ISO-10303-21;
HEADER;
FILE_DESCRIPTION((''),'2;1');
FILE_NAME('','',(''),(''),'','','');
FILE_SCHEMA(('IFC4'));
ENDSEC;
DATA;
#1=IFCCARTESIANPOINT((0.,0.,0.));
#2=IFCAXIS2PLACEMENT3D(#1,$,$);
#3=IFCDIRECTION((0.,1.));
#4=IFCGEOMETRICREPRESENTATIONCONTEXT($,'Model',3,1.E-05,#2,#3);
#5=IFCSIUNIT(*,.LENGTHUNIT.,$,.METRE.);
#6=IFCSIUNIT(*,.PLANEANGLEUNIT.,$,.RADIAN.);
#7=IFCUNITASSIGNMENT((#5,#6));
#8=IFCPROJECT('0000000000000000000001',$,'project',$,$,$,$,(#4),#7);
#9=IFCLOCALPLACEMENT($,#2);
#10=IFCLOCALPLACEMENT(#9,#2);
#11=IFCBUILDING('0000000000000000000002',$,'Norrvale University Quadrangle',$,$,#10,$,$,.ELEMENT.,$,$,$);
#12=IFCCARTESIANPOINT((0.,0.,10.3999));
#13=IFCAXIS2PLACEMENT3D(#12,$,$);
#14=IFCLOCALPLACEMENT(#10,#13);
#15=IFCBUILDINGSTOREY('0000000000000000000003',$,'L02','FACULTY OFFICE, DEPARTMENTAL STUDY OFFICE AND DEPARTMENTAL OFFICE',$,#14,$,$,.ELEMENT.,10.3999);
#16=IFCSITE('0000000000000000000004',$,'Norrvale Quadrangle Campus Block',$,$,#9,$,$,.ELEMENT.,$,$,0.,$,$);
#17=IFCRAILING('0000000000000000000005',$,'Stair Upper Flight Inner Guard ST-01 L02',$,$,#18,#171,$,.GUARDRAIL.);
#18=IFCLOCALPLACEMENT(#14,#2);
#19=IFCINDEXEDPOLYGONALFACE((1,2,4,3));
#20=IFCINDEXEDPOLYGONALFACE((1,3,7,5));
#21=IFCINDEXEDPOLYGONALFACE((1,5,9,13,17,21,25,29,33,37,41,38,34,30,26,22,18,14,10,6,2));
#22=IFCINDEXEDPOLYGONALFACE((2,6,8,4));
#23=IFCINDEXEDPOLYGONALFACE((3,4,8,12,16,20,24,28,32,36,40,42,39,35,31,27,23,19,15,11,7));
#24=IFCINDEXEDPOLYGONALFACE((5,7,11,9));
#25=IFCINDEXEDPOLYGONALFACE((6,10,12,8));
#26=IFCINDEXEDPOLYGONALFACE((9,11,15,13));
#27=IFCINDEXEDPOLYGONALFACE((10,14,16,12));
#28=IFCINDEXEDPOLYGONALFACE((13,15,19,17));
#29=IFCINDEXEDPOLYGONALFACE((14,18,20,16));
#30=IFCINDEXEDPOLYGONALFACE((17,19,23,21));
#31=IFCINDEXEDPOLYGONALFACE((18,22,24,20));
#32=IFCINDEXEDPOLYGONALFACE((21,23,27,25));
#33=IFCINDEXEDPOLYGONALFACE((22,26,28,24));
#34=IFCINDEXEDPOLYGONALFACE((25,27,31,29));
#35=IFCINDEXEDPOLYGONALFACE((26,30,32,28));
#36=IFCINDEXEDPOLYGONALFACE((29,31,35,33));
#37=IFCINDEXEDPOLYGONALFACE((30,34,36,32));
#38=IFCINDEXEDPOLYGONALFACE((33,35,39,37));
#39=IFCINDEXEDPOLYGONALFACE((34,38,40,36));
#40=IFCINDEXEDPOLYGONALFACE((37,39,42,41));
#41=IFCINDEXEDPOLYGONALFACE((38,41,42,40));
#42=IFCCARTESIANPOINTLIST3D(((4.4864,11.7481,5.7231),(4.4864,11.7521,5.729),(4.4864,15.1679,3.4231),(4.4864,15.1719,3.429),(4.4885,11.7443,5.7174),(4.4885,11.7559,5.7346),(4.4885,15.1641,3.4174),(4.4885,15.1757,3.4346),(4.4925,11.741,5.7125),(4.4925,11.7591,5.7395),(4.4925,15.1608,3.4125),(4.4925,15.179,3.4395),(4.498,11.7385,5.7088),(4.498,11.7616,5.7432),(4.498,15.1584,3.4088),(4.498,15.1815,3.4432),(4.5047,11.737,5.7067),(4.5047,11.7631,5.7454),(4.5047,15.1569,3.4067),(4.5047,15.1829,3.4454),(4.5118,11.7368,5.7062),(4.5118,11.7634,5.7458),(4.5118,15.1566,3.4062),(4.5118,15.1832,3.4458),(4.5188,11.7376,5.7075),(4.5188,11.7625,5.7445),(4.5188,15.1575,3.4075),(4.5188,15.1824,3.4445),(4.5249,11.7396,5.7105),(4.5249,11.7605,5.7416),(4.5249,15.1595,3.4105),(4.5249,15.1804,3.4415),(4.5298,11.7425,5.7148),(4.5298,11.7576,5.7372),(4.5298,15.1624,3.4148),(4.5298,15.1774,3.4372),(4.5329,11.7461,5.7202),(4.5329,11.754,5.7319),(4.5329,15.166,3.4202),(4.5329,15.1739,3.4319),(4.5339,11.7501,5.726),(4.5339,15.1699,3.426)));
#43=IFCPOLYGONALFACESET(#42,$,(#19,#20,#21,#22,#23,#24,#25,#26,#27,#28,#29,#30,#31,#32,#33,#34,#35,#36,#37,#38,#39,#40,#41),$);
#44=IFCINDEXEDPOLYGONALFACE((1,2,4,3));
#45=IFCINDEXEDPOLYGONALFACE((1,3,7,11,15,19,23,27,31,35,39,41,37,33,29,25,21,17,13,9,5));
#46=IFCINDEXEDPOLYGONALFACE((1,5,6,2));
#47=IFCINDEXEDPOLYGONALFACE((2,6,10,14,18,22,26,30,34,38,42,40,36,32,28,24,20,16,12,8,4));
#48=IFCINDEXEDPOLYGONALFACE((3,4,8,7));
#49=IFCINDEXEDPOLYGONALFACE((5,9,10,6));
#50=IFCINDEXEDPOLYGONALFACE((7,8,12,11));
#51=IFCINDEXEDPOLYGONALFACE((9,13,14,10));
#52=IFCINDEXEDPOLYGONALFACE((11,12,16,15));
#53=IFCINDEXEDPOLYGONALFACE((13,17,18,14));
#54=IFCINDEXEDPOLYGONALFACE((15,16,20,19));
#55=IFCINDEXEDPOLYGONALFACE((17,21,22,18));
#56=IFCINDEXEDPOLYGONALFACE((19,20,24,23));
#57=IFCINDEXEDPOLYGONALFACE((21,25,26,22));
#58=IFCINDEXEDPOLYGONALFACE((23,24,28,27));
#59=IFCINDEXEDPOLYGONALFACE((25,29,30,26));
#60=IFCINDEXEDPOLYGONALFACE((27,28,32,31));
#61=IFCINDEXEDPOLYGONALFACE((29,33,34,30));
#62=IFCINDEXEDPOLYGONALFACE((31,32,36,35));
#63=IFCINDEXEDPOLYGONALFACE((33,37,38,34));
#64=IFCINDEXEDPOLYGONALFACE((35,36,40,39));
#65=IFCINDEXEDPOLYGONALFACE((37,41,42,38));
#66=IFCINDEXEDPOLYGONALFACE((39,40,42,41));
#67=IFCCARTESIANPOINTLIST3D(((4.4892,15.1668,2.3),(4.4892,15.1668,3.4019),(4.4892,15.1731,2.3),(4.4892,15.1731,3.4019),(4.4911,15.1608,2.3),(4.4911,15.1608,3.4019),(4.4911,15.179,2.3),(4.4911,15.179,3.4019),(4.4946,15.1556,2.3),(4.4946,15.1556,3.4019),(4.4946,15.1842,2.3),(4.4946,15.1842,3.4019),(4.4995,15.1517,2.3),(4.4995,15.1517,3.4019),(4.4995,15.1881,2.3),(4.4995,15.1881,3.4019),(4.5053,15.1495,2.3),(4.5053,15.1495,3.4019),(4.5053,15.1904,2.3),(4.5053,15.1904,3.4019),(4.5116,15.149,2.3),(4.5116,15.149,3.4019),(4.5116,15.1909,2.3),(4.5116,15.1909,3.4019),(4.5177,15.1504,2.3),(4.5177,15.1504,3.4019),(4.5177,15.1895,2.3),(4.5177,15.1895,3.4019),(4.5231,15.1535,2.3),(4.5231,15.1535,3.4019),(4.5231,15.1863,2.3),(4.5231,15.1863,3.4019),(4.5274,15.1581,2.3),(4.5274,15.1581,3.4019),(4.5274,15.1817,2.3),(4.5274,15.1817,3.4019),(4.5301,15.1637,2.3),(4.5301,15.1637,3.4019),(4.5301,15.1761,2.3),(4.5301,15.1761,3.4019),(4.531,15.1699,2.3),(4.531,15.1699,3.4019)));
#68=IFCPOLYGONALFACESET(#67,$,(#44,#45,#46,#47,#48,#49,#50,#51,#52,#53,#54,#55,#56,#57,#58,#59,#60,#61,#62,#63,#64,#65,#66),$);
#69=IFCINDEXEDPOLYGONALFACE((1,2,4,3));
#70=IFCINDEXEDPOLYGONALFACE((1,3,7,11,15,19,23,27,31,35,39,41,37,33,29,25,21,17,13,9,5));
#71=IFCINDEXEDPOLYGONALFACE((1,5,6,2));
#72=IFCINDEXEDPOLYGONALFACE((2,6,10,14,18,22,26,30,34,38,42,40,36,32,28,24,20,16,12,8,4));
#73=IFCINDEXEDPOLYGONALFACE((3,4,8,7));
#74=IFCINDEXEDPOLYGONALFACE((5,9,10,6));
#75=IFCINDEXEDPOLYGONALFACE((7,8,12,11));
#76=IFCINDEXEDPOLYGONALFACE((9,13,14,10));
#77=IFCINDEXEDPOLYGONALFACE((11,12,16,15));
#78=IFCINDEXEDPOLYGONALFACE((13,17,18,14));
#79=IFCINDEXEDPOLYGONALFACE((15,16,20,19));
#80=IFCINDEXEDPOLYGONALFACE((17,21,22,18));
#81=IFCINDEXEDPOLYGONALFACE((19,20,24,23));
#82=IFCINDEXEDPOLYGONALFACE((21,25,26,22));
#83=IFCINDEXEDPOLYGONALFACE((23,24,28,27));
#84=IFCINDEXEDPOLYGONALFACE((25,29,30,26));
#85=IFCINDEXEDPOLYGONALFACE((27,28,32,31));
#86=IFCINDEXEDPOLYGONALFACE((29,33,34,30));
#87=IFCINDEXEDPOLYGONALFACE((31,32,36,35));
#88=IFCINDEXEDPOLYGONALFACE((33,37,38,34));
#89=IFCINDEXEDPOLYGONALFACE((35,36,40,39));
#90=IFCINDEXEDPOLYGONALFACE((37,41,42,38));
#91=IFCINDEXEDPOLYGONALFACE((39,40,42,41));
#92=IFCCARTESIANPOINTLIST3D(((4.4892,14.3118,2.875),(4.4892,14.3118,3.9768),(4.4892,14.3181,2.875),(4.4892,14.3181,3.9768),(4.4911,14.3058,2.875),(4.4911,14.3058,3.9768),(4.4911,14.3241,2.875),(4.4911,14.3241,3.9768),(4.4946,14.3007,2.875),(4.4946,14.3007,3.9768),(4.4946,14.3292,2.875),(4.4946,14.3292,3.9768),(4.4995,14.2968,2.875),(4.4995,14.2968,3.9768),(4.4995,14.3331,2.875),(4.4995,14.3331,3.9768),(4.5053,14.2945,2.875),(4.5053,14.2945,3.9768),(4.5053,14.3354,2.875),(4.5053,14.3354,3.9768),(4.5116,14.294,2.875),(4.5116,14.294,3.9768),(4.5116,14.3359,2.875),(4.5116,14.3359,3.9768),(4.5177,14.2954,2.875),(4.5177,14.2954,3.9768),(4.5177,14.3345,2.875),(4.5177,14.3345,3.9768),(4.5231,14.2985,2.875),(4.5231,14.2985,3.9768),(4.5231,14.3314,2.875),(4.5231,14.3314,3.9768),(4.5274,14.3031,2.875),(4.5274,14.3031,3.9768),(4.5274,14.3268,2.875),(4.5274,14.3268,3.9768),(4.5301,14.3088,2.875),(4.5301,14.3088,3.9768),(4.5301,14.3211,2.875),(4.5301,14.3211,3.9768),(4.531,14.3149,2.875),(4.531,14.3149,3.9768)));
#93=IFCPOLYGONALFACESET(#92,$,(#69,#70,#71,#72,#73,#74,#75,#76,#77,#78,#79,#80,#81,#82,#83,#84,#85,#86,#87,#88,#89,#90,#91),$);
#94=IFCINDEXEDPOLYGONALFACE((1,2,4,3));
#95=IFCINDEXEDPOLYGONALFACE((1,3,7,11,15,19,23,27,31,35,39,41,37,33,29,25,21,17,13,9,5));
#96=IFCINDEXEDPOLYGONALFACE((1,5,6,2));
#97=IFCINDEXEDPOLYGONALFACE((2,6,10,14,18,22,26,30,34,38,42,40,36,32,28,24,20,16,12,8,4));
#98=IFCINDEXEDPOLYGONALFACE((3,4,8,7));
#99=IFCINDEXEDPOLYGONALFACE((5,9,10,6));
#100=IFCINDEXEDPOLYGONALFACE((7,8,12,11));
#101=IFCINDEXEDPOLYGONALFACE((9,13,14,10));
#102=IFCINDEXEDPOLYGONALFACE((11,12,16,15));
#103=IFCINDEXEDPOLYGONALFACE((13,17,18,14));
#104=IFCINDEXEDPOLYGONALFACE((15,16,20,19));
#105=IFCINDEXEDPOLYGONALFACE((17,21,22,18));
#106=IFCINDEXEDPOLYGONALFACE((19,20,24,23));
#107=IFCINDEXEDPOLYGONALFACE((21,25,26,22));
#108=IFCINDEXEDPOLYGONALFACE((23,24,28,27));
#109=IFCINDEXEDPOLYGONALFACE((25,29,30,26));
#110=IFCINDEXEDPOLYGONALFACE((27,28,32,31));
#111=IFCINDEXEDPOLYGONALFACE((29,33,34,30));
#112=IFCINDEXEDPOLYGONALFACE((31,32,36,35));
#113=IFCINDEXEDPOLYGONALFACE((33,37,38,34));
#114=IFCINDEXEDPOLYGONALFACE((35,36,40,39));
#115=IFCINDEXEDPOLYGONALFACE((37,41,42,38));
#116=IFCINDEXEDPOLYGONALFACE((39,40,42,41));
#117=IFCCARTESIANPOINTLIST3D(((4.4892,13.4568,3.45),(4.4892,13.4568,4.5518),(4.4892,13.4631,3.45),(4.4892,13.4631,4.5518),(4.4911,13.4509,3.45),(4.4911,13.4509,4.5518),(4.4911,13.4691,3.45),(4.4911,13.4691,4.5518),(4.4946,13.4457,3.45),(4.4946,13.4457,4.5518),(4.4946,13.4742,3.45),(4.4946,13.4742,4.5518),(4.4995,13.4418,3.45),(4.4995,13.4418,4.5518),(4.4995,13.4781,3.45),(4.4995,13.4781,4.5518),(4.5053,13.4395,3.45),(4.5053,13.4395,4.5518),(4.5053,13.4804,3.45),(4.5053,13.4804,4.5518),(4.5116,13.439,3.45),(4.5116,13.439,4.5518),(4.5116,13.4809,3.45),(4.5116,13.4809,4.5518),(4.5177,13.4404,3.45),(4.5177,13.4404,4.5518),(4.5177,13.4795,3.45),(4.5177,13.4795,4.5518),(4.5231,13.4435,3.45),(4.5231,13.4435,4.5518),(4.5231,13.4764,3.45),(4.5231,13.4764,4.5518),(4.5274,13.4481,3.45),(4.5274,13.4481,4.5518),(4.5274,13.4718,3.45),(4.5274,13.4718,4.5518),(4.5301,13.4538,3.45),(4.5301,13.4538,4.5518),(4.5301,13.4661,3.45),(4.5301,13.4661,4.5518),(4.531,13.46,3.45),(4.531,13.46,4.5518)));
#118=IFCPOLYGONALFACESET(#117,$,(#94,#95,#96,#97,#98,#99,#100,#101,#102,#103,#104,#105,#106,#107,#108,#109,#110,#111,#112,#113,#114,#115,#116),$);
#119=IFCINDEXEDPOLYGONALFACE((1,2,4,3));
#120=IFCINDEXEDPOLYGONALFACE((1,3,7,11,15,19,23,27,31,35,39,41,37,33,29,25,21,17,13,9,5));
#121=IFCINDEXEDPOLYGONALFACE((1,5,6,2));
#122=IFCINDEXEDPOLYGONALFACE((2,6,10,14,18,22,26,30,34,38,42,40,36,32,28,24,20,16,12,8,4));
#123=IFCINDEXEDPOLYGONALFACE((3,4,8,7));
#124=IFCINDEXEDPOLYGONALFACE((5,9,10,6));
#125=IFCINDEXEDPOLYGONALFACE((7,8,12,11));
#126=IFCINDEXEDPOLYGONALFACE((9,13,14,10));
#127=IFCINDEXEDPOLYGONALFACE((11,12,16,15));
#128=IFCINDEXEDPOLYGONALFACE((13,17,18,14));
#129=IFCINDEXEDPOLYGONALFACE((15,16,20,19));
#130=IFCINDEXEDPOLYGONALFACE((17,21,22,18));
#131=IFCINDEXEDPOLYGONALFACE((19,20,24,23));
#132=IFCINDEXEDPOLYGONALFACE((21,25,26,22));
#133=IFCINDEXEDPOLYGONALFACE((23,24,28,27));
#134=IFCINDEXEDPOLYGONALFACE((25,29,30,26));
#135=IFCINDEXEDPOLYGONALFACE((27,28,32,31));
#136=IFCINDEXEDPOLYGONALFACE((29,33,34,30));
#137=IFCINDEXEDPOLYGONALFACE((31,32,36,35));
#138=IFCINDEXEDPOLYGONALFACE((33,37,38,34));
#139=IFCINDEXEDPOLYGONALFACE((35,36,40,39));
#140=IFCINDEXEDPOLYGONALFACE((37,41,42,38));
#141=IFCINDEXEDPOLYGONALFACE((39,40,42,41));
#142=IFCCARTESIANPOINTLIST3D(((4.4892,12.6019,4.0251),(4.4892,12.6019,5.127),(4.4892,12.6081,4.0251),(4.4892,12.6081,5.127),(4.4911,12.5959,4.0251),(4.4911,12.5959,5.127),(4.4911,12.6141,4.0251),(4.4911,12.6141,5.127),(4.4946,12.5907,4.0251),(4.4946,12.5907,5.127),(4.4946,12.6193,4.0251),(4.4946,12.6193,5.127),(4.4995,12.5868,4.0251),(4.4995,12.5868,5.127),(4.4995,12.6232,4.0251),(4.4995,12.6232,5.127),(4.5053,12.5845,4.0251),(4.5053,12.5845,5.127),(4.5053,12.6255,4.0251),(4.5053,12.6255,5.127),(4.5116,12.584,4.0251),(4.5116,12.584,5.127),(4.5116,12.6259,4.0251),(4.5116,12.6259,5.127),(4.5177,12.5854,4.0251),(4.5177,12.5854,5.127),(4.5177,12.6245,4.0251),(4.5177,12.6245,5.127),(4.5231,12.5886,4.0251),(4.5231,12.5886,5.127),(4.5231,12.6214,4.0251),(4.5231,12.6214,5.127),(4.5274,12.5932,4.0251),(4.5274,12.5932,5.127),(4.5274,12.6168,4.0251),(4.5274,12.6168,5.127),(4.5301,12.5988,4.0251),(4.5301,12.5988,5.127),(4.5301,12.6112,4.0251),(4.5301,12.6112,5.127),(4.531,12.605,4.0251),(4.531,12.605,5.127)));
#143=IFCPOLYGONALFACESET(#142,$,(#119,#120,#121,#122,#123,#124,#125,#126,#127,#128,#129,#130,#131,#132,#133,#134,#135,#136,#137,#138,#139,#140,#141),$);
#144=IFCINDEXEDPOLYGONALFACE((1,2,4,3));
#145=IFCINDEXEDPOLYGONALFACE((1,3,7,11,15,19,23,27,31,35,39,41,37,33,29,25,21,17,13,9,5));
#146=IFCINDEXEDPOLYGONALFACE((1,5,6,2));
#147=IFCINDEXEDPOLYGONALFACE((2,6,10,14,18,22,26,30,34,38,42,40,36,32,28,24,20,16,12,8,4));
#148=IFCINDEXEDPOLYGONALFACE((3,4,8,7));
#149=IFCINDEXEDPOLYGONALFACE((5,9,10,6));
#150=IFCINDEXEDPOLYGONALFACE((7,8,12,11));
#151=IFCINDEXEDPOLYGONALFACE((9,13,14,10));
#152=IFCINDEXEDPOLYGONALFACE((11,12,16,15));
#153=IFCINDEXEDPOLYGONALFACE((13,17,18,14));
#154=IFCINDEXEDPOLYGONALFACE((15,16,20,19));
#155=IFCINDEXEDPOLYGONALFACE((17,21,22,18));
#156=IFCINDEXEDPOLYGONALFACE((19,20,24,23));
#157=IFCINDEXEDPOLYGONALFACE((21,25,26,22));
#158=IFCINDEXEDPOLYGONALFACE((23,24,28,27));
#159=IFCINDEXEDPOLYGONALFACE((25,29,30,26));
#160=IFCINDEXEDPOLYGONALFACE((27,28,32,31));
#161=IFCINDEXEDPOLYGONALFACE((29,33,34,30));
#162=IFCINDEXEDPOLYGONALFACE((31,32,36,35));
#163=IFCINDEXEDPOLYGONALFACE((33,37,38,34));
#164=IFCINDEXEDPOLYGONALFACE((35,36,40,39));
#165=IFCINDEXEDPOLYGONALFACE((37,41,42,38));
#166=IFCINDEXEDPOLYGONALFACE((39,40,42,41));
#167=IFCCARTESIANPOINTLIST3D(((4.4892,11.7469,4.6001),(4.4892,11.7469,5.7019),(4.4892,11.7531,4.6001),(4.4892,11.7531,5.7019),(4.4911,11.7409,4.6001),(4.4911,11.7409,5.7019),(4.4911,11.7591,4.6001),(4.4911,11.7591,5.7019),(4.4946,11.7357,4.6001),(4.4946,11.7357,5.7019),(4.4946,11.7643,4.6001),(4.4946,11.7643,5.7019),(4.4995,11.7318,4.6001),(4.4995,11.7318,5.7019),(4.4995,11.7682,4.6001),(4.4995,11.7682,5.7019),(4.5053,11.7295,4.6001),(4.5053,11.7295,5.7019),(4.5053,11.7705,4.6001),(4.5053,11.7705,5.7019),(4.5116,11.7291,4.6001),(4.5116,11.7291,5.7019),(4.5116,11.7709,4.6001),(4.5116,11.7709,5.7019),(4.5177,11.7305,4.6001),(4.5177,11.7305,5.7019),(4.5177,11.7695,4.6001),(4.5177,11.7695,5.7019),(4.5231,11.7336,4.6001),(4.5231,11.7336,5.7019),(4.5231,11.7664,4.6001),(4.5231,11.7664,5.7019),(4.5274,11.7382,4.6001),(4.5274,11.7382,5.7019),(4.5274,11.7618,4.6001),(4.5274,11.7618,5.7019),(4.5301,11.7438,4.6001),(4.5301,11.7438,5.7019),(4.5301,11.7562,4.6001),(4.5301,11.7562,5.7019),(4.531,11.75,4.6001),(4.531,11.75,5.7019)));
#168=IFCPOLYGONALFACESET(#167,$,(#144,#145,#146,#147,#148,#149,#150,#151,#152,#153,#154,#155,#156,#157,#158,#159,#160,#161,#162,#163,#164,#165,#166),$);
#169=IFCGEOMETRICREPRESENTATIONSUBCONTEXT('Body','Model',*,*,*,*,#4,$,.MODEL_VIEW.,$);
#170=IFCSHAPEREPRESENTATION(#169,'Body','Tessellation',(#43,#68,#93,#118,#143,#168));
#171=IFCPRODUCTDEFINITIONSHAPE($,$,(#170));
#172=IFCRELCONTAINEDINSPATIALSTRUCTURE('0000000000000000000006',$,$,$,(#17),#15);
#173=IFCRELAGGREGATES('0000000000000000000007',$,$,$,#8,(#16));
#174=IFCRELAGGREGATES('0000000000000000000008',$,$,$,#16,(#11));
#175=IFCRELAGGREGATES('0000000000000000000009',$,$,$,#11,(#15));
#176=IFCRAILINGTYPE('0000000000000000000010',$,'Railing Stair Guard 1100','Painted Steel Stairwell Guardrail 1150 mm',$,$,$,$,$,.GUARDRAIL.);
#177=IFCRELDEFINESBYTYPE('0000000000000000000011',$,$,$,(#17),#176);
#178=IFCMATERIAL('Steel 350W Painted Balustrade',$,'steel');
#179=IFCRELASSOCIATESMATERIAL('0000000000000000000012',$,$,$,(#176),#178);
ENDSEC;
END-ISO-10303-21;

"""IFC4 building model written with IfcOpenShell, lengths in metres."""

from ifc_helpers import new_model, si_unit, direction, frame, origin, origin_2d, place, context, subcontext, project, spatial, circle, extrude, material, type_object, element, save


model = new_model("IFC4")

# Units and contexts
model_context = context("Model", 3, precision=1e-05, world=origin(), true_north=direction((0.0, 1.0)))
body_context = subcontext(model_context, "Body", "Model", "MODEL_VIEW")
ifc_project = project(units=[si_unit("LENGTHUNIT", "METRE"), si_unit("PLANEANGLEUNIT", "RADIAN")], contexts=[model_context])

# Site, building, storey
site_placement = place(None, origin())
site = spatial("IfcSite", under=ifc_project, at=site_placement, Name="Norrvale Quadrangle Campus Block", CompositionType="ELEMENT", RefElevation=0.0)
building_placement = place(site_placement, origin())
building = spatial("IfcBuilding", under=site, at=building_placement, Name="Norrvale University Quadrangle", CompositionType="ELEMENT")
storey_placement = place(building_placement, frame((0.0, 0.0, 10.3999)))
storey = spatial("IfcBuildingStorey", under=building, at=storey_placement, Name="L02", Description="FACULTY OFFICE, DEPARTMENTAL STUDY OFFICE AND DEPARTMENTAL OFFICE", CompositionType="ELEMENT", Elevation=10.3999)

# Railing
ifc_material_1 = material(Name="Steel 350W Painted Balustrade", Category="steel")
railing_type_1 = type_object("IfcRailingType", Name="Railing Stair Guard 1100", Description="Painted Steel Stairwell Guardrail 1150 mm", PredefinedType="GUARDRAIL", material=ifc_material_1)
railing_1_placement = place(storey_placement, frame((4.51, 15.1699, 2.3)))
element("IfcRailing", 1, at=railing_1_placement, inside=storey, type_object=railing_type_1, Name="Stair Upper Flight Inner Guard ST-01 L02", PredefinedType="GUARDRAIL", context=body_context, shape_type="SweptSolid", body=[
    extrude(circle(Radius=0.0239, at=origin_2d()), frame((0.0, 0.0, 1.126), z_axis=(0.0, -0.829792, 0.558072), x_axis=(1.0, 0.0, 0.0)), (0.0, 0.0, 1.0), 4.1213),
    extrude(circle(Radius=0.021, at=origin_2d()), origin(), (0.0, 0.0, 1.0), 1.1018),
    extrude(circle(Radius=0.021, at=origin_2d()), frame((0.0, -0.855, 0.575)), (0.0, 0.0, 1.0), 1.1018),
    extrude(circle(Radius=0.021, at=origin_2d()), frame((0.0, -1.71, 1.1499)), (0.0, 0.0, 1.0), 1.1018),
    extrude(circle(Radius=0.021, at=origin_2d()), frame((0.0, -2.5649, 1.7251)), (0.0, 0.0, 1.0), 1.1018),
    extrude(circle(Radius=0.021, at=origin_2d()), frame((0.0, -3.4199, 2.3)), (0.0, 0.0, 1.0), 1.1018),
])

save(model, "model.ifc")
